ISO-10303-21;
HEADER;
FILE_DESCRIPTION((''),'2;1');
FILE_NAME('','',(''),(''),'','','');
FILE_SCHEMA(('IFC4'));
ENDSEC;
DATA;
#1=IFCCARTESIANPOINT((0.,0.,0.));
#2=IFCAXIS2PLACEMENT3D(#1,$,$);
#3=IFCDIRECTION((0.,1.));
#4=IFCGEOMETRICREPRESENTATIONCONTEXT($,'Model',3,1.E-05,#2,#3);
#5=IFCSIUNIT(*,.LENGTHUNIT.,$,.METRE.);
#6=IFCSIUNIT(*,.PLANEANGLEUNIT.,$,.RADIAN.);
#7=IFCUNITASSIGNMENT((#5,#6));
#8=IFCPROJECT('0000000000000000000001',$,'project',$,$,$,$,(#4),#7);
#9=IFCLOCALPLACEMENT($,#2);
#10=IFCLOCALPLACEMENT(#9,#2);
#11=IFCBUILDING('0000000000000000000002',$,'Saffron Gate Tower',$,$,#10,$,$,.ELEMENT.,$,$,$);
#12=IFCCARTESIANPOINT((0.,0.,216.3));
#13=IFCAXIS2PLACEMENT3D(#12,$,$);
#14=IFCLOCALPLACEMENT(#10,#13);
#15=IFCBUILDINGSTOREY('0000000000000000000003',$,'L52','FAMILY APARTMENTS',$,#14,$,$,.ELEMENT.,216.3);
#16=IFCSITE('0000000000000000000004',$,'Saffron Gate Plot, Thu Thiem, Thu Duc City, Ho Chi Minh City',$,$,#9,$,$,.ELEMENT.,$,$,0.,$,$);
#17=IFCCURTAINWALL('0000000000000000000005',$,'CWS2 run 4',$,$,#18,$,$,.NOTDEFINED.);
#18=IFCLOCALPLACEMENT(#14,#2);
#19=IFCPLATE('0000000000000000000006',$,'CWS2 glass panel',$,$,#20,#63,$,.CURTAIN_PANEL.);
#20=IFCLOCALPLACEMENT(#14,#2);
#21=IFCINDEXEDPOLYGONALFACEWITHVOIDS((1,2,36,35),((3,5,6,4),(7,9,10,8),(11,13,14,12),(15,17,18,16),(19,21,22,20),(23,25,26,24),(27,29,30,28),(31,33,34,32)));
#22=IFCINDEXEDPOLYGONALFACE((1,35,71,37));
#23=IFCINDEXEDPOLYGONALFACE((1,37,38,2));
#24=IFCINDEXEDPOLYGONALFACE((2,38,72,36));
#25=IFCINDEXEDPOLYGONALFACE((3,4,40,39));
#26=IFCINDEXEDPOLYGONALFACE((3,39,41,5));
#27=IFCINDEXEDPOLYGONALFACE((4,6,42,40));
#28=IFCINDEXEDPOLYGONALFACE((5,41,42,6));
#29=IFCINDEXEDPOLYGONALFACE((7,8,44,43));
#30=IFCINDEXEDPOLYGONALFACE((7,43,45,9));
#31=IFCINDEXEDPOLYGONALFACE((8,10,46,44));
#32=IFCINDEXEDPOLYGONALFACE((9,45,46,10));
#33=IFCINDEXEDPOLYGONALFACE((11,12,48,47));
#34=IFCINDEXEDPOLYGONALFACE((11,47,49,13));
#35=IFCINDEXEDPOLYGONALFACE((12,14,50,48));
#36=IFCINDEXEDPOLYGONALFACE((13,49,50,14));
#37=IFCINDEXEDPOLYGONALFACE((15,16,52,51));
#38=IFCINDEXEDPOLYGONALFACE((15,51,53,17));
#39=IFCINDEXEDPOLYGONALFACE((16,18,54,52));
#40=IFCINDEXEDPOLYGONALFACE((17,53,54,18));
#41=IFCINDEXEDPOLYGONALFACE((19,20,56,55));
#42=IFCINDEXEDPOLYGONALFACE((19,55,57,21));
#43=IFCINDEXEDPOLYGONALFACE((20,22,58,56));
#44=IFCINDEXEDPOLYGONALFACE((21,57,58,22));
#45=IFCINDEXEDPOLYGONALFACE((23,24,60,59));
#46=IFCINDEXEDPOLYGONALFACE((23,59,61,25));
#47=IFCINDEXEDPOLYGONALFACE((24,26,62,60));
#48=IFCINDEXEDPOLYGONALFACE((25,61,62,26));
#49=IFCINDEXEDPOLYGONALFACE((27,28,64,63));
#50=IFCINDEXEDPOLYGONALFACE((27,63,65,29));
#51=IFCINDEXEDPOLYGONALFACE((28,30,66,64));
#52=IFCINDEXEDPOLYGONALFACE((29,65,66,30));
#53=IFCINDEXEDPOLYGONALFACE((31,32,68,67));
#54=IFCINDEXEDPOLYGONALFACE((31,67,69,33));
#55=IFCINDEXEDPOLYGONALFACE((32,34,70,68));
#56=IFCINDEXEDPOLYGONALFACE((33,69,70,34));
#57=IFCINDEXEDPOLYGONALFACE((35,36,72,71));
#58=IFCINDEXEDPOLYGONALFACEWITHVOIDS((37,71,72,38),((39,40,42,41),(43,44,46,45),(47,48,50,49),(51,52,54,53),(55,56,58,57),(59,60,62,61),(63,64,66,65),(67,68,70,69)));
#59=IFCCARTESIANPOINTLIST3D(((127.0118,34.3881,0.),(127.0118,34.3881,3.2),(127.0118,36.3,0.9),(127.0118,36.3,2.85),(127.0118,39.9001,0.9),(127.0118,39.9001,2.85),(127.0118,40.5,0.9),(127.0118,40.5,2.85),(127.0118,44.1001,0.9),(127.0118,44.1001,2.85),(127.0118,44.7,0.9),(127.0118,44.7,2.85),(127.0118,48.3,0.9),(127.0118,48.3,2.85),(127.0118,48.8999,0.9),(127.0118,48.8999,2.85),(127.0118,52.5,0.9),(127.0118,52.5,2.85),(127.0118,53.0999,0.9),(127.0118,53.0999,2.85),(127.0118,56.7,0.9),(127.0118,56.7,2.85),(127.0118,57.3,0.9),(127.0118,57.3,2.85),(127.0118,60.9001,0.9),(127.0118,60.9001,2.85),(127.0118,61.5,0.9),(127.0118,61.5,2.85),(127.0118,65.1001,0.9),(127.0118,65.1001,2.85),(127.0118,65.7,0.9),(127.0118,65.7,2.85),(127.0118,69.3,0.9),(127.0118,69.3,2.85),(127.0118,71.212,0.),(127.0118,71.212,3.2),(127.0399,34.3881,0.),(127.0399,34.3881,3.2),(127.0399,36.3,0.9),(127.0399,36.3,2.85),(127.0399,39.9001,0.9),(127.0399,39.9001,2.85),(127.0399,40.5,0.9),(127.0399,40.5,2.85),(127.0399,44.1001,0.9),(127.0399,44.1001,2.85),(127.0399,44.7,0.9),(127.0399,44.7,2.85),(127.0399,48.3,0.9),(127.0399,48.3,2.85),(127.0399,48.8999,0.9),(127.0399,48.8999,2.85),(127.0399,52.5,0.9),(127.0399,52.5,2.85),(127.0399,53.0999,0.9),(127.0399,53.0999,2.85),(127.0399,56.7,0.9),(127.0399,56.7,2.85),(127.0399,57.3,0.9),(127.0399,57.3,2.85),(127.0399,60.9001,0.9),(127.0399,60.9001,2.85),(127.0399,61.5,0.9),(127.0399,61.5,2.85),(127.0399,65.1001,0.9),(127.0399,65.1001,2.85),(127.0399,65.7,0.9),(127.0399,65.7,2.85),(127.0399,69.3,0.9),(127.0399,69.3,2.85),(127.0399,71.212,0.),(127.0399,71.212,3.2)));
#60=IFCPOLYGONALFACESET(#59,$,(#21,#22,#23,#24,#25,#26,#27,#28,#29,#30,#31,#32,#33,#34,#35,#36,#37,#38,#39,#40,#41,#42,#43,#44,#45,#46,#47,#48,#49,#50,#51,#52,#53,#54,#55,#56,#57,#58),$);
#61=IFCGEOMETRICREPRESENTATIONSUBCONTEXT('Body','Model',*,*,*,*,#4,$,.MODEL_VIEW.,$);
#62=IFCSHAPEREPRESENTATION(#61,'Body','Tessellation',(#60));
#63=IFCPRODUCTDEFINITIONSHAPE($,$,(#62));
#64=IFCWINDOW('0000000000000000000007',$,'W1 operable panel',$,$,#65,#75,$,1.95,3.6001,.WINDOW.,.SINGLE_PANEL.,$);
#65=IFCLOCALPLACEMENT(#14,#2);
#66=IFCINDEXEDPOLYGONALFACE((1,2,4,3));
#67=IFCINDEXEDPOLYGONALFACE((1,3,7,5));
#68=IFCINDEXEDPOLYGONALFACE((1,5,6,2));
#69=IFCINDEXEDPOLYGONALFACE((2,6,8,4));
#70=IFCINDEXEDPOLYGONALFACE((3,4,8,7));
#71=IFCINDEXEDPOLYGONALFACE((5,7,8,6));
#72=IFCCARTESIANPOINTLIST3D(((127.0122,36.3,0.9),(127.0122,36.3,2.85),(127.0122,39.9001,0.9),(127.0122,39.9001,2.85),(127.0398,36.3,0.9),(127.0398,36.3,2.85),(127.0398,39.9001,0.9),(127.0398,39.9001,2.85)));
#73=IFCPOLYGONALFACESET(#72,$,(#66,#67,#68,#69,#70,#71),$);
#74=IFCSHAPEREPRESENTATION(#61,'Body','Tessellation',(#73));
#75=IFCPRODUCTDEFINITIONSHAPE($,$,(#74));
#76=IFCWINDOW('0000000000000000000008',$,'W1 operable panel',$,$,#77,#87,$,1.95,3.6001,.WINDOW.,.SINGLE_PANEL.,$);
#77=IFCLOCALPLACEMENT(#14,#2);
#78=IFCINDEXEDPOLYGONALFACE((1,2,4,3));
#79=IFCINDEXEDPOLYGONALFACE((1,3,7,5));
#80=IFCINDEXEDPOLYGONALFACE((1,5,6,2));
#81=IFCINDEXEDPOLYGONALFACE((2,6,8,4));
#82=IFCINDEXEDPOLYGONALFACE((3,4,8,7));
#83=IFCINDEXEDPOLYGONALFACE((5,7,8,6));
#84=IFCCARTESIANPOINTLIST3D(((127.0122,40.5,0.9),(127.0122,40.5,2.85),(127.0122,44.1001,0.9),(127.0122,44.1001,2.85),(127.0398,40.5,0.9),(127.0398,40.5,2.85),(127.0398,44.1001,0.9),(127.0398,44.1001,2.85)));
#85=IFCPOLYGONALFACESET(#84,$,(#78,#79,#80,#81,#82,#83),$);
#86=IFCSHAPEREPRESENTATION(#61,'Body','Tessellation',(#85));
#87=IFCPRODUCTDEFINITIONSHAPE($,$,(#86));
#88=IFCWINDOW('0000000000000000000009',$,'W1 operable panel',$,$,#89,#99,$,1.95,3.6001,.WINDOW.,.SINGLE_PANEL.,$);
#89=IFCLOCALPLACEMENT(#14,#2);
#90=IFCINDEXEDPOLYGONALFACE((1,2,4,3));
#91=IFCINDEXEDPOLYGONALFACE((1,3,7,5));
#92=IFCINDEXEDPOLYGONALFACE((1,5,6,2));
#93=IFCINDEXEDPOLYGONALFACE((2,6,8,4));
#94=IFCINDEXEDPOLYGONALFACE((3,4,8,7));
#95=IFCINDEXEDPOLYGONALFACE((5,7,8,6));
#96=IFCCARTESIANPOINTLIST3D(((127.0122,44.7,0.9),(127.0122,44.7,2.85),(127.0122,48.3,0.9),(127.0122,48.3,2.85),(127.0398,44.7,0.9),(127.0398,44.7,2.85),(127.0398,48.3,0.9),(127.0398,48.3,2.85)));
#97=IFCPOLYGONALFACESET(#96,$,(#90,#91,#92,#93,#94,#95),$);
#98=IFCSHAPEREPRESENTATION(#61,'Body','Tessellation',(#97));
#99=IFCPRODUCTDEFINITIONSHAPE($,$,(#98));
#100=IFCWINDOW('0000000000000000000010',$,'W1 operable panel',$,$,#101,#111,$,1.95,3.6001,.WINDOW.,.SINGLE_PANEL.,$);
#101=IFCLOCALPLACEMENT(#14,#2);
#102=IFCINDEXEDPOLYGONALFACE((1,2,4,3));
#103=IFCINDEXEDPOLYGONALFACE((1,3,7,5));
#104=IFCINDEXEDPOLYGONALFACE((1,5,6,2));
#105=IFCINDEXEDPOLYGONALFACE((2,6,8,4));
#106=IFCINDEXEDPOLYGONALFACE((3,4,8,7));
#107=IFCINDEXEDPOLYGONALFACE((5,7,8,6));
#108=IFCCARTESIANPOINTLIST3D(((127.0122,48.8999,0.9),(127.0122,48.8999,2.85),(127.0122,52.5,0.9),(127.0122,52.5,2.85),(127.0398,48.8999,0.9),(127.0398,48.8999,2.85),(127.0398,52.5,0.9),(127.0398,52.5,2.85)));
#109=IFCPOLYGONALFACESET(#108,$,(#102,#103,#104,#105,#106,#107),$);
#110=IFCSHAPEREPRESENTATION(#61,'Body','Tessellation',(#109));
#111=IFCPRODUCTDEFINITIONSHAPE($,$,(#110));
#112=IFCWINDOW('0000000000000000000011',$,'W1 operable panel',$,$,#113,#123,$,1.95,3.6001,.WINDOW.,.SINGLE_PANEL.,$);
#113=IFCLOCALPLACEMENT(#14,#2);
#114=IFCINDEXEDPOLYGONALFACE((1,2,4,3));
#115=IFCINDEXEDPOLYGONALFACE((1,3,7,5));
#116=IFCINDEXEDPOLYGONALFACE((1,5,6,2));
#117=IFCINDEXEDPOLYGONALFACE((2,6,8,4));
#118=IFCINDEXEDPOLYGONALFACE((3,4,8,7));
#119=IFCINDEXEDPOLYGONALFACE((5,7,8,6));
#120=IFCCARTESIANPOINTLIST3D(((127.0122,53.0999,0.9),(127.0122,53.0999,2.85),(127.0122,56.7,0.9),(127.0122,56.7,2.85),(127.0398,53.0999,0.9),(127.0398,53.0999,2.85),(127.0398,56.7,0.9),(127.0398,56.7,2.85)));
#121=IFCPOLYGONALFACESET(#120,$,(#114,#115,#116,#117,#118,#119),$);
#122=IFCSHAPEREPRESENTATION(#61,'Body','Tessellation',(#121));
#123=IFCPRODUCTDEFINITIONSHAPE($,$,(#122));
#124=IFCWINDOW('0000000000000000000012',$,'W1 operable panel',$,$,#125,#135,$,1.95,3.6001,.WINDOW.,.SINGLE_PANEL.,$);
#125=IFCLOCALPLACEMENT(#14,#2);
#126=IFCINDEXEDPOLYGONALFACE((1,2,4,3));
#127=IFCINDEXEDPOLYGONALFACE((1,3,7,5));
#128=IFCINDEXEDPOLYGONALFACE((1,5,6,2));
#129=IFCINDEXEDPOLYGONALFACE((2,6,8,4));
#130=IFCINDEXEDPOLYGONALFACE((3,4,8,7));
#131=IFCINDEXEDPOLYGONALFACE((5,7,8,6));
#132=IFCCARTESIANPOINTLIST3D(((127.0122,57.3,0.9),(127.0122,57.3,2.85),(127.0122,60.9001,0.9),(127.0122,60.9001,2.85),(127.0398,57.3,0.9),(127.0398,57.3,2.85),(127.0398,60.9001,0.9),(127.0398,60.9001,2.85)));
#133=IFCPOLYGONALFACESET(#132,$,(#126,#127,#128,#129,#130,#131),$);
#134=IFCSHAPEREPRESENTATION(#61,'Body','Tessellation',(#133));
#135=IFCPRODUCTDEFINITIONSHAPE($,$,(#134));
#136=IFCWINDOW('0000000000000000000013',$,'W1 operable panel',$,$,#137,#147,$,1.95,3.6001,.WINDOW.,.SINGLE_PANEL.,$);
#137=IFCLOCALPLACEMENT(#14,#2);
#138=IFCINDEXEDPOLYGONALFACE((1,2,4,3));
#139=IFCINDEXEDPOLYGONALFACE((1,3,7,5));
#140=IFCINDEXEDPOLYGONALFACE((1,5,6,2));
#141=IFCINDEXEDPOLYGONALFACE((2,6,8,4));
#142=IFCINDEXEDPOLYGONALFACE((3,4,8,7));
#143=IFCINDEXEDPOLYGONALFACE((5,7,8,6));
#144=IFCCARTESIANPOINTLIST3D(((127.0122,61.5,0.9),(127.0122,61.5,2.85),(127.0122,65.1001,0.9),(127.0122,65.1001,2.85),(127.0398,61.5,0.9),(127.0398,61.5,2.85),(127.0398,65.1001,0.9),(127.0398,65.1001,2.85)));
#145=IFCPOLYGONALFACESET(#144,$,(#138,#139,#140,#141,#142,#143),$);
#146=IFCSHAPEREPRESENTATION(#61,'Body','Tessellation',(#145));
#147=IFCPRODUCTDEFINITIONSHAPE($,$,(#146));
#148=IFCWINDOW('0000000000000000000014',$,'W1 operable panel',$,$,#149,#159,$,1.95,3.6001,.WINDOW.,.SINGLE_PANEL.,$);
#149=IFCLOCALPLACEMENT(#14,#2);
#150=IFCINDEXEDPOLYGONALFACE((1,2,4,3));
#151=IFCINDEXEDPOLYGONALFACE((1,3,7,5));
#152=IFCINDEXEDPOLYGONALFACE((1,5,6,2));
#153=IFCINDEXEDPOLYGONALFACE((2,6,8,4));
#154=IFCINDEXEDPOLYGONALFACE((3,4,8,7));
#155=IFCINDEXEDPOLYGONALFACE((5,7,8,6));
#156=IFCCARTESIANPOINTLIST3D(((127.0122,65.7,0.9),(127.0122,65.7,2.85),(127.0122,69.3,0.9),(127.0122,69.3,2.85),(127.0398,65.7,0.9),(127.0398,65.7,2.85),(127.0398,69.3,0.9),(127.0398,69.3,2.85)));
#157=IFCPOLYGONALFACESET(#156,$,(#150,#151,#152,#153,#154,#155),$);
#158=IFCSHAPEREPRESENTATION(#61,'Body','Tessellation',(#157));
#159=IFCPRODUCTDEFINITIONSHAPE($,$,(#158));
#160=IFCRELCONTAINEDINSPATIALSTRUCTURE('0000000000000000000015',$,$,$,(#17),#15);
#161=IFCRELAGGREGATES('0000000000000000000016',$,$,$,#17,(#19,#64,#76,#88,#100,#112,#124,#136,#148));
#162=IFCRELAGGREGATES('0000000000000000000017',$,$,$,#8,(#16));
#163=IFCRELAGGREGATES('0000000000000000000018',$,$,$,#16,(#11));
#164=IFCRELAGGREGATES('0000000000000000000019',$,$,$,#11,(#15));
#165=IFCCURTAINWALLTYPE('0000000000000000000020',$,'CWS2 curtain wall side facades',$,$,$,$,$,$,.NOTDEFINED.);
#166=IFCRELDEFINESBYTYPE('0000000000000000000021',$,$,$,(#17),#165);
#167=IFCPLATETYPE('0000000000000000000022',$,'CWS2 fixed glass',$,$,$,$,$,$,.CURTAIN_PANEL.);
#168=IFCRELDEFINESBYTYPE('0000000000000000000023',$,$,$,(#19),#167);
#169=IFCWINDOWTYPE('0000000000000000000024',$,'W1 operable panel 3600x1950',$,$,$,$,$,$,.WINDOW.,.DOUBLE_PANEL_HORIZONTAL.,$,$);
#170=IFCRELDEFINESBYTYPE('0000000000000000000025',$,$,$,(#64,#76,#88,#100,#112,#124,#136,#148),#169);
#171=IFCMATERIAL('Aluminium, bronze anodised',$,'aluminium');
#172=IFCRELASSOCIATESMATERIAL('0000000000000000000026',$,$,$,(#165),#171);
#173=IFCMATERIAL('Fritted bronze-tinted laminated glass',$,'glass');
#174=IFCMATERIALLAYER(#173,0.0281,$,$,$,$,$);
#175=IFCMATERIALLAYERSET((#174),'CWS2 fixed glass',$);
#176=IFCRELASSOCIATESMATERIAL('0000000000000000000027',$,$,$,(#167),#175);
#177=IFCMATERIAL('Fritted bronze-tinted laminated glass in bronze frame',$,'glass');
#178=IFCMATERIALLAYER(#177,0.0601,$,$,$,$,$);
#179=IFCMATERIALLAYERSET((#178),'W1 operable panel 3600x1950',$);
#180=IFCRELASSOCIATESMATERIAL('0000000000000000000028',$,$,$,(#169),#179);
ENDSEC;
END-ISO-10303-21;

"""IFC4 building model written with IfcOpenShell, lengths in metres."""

from ifc_helpers import new_model, si_unit, direction, frame, frame_2d, origin, place, context, subcontext, project, spatial, rectangle, extrude, material, layer, layer_set, type_object, element, fill, aggregate, save


model = new_model("IFC4")

# Units and contexts
model_context = context("Model", 3, precision=1e-05, world=origin(), true_north=direction((0.0, 1.0)))
body_context = subcontext(model_context, "Body", "Model", "MODEL_VIEW")
ifc_project = project(units=[si_unit("LENGTHUNIT", "METRE"), si_unit("PLANEANGLEUNIT", "RADIAN")], contexts=[model_context])

# Site, building, storey
site_placement = place(None, origin())
site = spatial("IfcSite", under=ifc_project, at=site_placement, Name="Saffron Gate Plot, Thu Thiem, Thu Duc City, Ho Chi Minh City", CompositionType="ELEMENT", RefElevation=0.0)
building_placement = place(site_placement, origin())
building = spatial("IfcBuilding", under=site, at=building_placement, Name="Saffron Gate Tower", CompositionType="ELEMENT")
storey_placement = place(building_placement, frame((0.0, 0.0, 216.3)))
storey = spatial("IfcBuildingStorey", under=building, at=storey_placement, Name="L52", Description="FAMILY APARTMENTS", CompositionType="ELEMENT", Elevation=216.3)

# Curtain wall
ifc_material_1 = material(Name="Aluminium, bronze anodised", Category="aluminium")
curtain_wall_type_1 = type_object("IfcCurtainWallType", Name="CWS2 curtain wall side facades", PredefinedType="NOTDEFINED", material=ifc_material_1)
curtain_wall_1_placement = place(storey_placement, origin())
curtain_wall_1 = element("IfcCurtainWall", 1, at=curtain_wall_1_placement, inside=storey, type_object=curtain_wall_type_1, Name="CWS2 run 4", PredefinedType="NOTDEFINED")

# Plate, openings, windows
ifc_material_2 = material(Name="Fritted bronze-tinted laminated glass", Category="glass")
ifc_layer_1 = layer(ifc_material_2, 0.0281)
ifc_layer_set_1 = layer_set([ifc_layer_1], Name="CWS2 fixed glass")
plate_type = type_object("IfcPlateType", Name="CWS2 fixed glass", PredefinedType="CURTAIN_PANEL", material=ifc_layer_set_1)
plate_placement = place(storey_placement, frame((127.0259, 34.3879, 0.0), z_axis=(0.0, 0.0, 1.0), x_axis=(0.0, 1.0, 0.0)))
plate = element("IfcPlate", 2, at=plate_placement, type_object=plate_type, Name="CWS2 glass panel", PredefinedType="CURTAIN_PANEL", context=body_context, shape_type="SweptSolid", body=[
    extrude(rectangle(XDim=36.824, YDim=0.0281, at=frame_2d((18.4121, 0.0))), origin(), (0.0, 0.0, 1.0), 3.2),
])
opening_1_placement = place(plate_placement, frame((1.9121, 0.0, 0.8999)))
opening_1 = element("IfcOpeningElement", 3, at=opening_1_placement, cuts=plate, PredefinedType="OPENING", context=body_context, shape_type="SweptSolid", body=[
    extrude(rectangle(XDim=3.6001, YDim=1.95, at=frame_2d((1.8, 0.9751))), frame((0.0, 0.0239, 0.0), z_axis=(0.0, -1.0, 0.0), x_axis=(1.0, 0.0, 0.0)), (0.0, 0.0, 1.0), 0.0481),
])
opening_2_placement = place(plate_placement, frame((6.1121, 0.0, 0.8999)))
opening_2 = element("IfcOpeningElement", 4, at=opening_2_placement, cuts=plate, PredefinedType="OPENING", context=body_context, shape_type="SweptSolid", body=[
    extrude(rectangle(XDim=3.6001, YDim=1.95, at=frame_2d((1.8, 0.9751))), frame((0.0, 0.0239, 0.0), z_axis=(0.0, -1.0, 0.0), x_axis=(1.0, 0.0, 0.0)), (0.0, 0.0, 1.0), 0.0481),
])
opening_3_placement = place(plate_placement, frame((10.312, 0.0, 0.8999)))
opening_3 = element("IfcOpeningElement", 5, at=opening_3_placement, cuts=plate, PredefinedType="OPENING", context=body_context, shape_type="SweptSolid", body=[
    extrude(rectangle(XDim=3.6001, YDim=1.95, at=frame_2d((1.8, 0.9751))), frame((0.0, 0.0239, 0.0), z_axis=(0.0, -1.0, 0.0), x_axis=(1.0, 0.0, 0.0)), (0.0, 0.0, 1.0), 0.0481),
])
opening_4_placement = place(plate_placement, frame((14.512, 0.0, 0.8999)))
opening_4 = element("IfcOpeningElement", 6, at=opening_4_placement, cuts=plate, PredefinedType="OPENING", context=body_context, shape_type="SweptSolid", body=[
    extrude(rectangle(XDim=3.6001, YDim=1.95, at=frame_2d((1.8, 0.9751))), frame((0.0, 0.0239, 0.0), z_axis=(0.0, -1.0, 0.0), x_axis=(1.0, 0.0, 0.0)), (0.0, 0.0, 1.0), 0.0481),
])
opening_5_placement = place(plate_placement, frame((18.7119, 0.0, 0.8999)))
opening_5 = element("IfcOpeningElement", 7, at=opening_5_placement, cuts=plate, PredefinedType="OPENING", context=body_context, shape_type="SweptSolid", body=[
    extrude(rectangle(XDim=3.6001, YDim=1.95, at=frame_2d((1.8, 0.9751))), frame((0.0, 0.0239, 0.0), z_axis=(0.0, -1.0, 0.0), x_axis=(1.0, 0.0, 0.0)), (0.0, 0.0, 1.0), 0.0481),
])
opening_6_placement = place(plate_placement, frame((22.9121, 0.0, 0.8999)))
opening_6 = element("IfcOpeningElement", 8, at=opening_6_placement, cuts=plate, PredefinedType="OPENING", context=body_context, shape_type="SweptSolid", body=[
    extrude(rectangle(XDim=3.6001, YDim=1.95, at=frame_2d((1.8, 0.9751))), frame((0.0, 0.0239, 0.0), z_axis=(0.0, -1.0, 0.0), x_axis=(1.0, 0.0, 0.0)), (0.0, 0.0, 1.0), 0.0481),
])
opening_7_placement = place(plate_placement, frame((27.1121, 0.0, 0.8999)))
opening_7 = element("IfcOpeningElement", 9, at=opening_7_placement, cuts=plate, PredefinedType="OPENING", context=body_context, shape_type="SweptSolid", body=[
    extrude(rectangle(XDim=3.6001, YDim=1.95, at=frame_2d((1.8, 0.9751))), frame((0.0, 0.0239, 0.0), z_axis=(0.0, -1.0, 0.0), x_axis=(1.0, 0.0, 0.0)), (0.0, 0.0, 1.0), 0.0481),
])
opening_8_placement = place(plate_placement, frame((31.312, 0.0, 0.8999)))
opening_8 = element("IfcOpeningElement", 10, at=opening_8_placement, cuts=plate, PredefinedType="OPENING", context=body_context, shape_type="SweptSolid", body=[
    extrude(rectangle(XDim=3.6001, YDim=1.95, at=frame_2d((1.8, 0.9751))), frame((0.0, 0.0239, 0.0), z_axis=(0.0, -1.0, 0.0), x_axis=(1.0, 0.0, 0.0)), (0.0, 0.0, 1.0), 0.0481),
])
ifc_material_3 = material(Name="Fritted bronze-tinted laminated glass in bronze frame", Category="glass")
ifc_layer_2 = layer(ifc_material_3, 0.0601)
ifc_layer_set_2 = layer_set([ifc_layer_2], Name="W1 operable panel 3600x1950")
window_type = type_object("IfcWindowType", Name="W1 operable panel 3600x1950", PartitioningType="DOUBLE_PANEL_HORIZONTAL", PredefinedType="WINDOW", material=ifc_layer_set_2)
window_1_placement = place(opening_1_placement, origin())
window_1 = element("IfcWindow", 11, at=window_1_placement, type_object=window_type, Name="W1 operable panel", OverallHeight=1.95, OverallWidth=3.6001, PartitioningType="SINGLE_PANEL", PredefinedType="WINDOW", context=body_context, shape_type="SweptSolid", body=[
    extrude(rectangle(XDim=3.6001, YDim=1.95, at=frame_2d((1.8, 0.9751))), frame((0.0, 0.0137, 0.0), z_axis=(0.0, -1.0, 0.0), x_axis=(1.0, 0.0, 0.0)), (0.0, 0.0, 1.0), 0.0276),
])
fill(opening_1, window_1)
window_2_placement = place(opening_2_placement, origin())
window_2 = element("IfcWindow", 12, at=window_2_placement, type_object=window_type, Name="W1 operable panel", OverallHeight=1.95, OverallWidth=3.6001, PartitioningType="SINGLE_PANEL", PredefinedType="WINDOW", context=body_context, shape_type="SweptSolid", body=[
    extrude(rectangle(XDim=3.6001, YDim=1.95, at=frame_2d((1.8, 0.9751))), frame((0.0, 0.0137, 0.0), z_axis=(0.0, -1.0, 0.0), x_axis=(1.0, 0.0, 0.0)), (0.0, 0.0, 1.0), 0.0276),
])
fill(opening_2, window_2)
window_3_placement = place(opening_3_placement, origin())
window_3 = element("IfcWindow", 13, at=window_3_placement, type_object=window_type, Name="W1 operable panel", OverallHeight=1.95, OverallWidth=3.6001, PartitioningType="SINGLE_PANEL", PredefinedType="WINDOW", context=body_context, shape_type="SweptSolid", body=[
    extrude(rectangle(XDim=3.6001, YDim=1.95, at=frame_2d((1.8, 0.9751))), frame((0.0, 0.0137, 0.0), z_axis=(0.0, -1.0, 0.0), x_axis=(1.0, 0.0, 0.0)), (0.0, 0.0, 1.0), 0.0276),
])
fill(opening_3, window_3)
window_4_placement = place(opening_4_placement, origin())
window_4 = element("IfcWindow", 14, at=window_4_placement, type_object=window_type, Name="W1 operable panel", OverallHeight=1.95, OverallWidth=3.6001, PartitioningType="SINGLE_PANEL", PredefinedType="WINDOW", context=body_context, shape_type="SweptSolid", body=[
    extrude(rectangle(XDim=3.6001, YDim=1.95, at=frame_2d((1.8, 0.9751))), frame((0.0, 0.0137, 0.0), z_axis=(0.0, -1.0, 0.0), x_axis=(1.0, 0.0, 0.0)), (0.0, 0.0, 1.0), 0.0276),
])
fill(opening_4, window_4)
window_5_placement = place(opening_5_placement, origin())
window_5 = element("IfcWindow", 15, at=window_5_placement, type_object=window_type, Name="W1 operable panel", OverallHeight=1.95, OverallWidth=3.6001, PartitioningType="SINGLE_PANEL", PredefinedType="WINDOW", context=body_context, shape_type="SweptSolid", body=[
    extrude(rectangle(XDim=3.6001, YDim=1.95, at=frame_2d((1.8, 0.9751))), frame((0.0, 0.0137, 0.0), z_axis=(0.0, -1.0, 0.0), x_axis=(1.0, 0.0, 0.0)), (0.0, 0.0, 1.0), 0.0276),
])
fill(opening_5, window_5)
window_6_placement = place(opening_6_placement, origin())
window_6 = element("IfcWindow", 16, at=window_6_placement, type_object=window_type, Name="W1 operable panel", OverallHeight=1.95, OverallWidth=3.6001, PartitioningType="SINGLE_PANEL", PredefinedType="WINDOW", context=body_context, shape_type="SweptSolid", body=[
    extrude(rectangle(XDim=3.6001, YDim=1.95, at=frame_2d((1.8, 0.9751))), frame((0.0, 0.0137, 0.0), z_axis=(0.0, -1.0, 0.0), x_axis=(1.0, 0.0, 0.0)), (0.0, 0.0, 1.0), 0.0276),
])
fill(opening_6, window_6)
window_7_placement = place(opening_7_placement, origin())
window_7 = element("IfcWindow", 17, at=window_7_placement, type_object=window_type, Name="W1 operable panel", OverallHeight=1.95, OverallWidth=3.6001, PartitioningType="SINGLE_PANEL", PredefinedType="WINDOW", context=body_context, shape_type="SweptSolid", body=[
    extrude(rectangle(XDim=3.6001, YDim=1.95, at=frame_2d((1.8, 0.9751))), frame((0.0, 0.0137, 0.0), z_axis=(0.0, -1.0, 0.0), x_axis=(1.0, 0.0, 0.0)), (0.0, 0.0, 1.0), 0.0276),
])
fill(opening_7, window_7)
window_8_placement = place(opening_8_placement, origin())
window_8 = element("IfcWindow", 18, at=window_8_placement, type_object=window_type, Name="W1 operable panel", OverallHeight=1.95, OverallWidth=3.6001, PartitioningType="SINGLE_PANEL", PredefinedType="WINDOW", context=body_context, shape_type="SweptSolid", body=[
    extrude(rectangle(XDim=3.6001, YDim=1.95, at=frame_2d((1.8, 0.9751))), frame((0.0, 0.0137, 0.0), z_axis=(0.0, -1.0, 0.0), x_axis=(1.0, 0.0, 0.0)), (0.0, 0.0, 1.0), 0.0276),
])
fill(opening_8, window_8)
aggregate(curtain_wall_1, [plate, window_1, window_2, window_3, window_4, window_5, window_6, window_7, window_8])

save(model, "model.ifc")
